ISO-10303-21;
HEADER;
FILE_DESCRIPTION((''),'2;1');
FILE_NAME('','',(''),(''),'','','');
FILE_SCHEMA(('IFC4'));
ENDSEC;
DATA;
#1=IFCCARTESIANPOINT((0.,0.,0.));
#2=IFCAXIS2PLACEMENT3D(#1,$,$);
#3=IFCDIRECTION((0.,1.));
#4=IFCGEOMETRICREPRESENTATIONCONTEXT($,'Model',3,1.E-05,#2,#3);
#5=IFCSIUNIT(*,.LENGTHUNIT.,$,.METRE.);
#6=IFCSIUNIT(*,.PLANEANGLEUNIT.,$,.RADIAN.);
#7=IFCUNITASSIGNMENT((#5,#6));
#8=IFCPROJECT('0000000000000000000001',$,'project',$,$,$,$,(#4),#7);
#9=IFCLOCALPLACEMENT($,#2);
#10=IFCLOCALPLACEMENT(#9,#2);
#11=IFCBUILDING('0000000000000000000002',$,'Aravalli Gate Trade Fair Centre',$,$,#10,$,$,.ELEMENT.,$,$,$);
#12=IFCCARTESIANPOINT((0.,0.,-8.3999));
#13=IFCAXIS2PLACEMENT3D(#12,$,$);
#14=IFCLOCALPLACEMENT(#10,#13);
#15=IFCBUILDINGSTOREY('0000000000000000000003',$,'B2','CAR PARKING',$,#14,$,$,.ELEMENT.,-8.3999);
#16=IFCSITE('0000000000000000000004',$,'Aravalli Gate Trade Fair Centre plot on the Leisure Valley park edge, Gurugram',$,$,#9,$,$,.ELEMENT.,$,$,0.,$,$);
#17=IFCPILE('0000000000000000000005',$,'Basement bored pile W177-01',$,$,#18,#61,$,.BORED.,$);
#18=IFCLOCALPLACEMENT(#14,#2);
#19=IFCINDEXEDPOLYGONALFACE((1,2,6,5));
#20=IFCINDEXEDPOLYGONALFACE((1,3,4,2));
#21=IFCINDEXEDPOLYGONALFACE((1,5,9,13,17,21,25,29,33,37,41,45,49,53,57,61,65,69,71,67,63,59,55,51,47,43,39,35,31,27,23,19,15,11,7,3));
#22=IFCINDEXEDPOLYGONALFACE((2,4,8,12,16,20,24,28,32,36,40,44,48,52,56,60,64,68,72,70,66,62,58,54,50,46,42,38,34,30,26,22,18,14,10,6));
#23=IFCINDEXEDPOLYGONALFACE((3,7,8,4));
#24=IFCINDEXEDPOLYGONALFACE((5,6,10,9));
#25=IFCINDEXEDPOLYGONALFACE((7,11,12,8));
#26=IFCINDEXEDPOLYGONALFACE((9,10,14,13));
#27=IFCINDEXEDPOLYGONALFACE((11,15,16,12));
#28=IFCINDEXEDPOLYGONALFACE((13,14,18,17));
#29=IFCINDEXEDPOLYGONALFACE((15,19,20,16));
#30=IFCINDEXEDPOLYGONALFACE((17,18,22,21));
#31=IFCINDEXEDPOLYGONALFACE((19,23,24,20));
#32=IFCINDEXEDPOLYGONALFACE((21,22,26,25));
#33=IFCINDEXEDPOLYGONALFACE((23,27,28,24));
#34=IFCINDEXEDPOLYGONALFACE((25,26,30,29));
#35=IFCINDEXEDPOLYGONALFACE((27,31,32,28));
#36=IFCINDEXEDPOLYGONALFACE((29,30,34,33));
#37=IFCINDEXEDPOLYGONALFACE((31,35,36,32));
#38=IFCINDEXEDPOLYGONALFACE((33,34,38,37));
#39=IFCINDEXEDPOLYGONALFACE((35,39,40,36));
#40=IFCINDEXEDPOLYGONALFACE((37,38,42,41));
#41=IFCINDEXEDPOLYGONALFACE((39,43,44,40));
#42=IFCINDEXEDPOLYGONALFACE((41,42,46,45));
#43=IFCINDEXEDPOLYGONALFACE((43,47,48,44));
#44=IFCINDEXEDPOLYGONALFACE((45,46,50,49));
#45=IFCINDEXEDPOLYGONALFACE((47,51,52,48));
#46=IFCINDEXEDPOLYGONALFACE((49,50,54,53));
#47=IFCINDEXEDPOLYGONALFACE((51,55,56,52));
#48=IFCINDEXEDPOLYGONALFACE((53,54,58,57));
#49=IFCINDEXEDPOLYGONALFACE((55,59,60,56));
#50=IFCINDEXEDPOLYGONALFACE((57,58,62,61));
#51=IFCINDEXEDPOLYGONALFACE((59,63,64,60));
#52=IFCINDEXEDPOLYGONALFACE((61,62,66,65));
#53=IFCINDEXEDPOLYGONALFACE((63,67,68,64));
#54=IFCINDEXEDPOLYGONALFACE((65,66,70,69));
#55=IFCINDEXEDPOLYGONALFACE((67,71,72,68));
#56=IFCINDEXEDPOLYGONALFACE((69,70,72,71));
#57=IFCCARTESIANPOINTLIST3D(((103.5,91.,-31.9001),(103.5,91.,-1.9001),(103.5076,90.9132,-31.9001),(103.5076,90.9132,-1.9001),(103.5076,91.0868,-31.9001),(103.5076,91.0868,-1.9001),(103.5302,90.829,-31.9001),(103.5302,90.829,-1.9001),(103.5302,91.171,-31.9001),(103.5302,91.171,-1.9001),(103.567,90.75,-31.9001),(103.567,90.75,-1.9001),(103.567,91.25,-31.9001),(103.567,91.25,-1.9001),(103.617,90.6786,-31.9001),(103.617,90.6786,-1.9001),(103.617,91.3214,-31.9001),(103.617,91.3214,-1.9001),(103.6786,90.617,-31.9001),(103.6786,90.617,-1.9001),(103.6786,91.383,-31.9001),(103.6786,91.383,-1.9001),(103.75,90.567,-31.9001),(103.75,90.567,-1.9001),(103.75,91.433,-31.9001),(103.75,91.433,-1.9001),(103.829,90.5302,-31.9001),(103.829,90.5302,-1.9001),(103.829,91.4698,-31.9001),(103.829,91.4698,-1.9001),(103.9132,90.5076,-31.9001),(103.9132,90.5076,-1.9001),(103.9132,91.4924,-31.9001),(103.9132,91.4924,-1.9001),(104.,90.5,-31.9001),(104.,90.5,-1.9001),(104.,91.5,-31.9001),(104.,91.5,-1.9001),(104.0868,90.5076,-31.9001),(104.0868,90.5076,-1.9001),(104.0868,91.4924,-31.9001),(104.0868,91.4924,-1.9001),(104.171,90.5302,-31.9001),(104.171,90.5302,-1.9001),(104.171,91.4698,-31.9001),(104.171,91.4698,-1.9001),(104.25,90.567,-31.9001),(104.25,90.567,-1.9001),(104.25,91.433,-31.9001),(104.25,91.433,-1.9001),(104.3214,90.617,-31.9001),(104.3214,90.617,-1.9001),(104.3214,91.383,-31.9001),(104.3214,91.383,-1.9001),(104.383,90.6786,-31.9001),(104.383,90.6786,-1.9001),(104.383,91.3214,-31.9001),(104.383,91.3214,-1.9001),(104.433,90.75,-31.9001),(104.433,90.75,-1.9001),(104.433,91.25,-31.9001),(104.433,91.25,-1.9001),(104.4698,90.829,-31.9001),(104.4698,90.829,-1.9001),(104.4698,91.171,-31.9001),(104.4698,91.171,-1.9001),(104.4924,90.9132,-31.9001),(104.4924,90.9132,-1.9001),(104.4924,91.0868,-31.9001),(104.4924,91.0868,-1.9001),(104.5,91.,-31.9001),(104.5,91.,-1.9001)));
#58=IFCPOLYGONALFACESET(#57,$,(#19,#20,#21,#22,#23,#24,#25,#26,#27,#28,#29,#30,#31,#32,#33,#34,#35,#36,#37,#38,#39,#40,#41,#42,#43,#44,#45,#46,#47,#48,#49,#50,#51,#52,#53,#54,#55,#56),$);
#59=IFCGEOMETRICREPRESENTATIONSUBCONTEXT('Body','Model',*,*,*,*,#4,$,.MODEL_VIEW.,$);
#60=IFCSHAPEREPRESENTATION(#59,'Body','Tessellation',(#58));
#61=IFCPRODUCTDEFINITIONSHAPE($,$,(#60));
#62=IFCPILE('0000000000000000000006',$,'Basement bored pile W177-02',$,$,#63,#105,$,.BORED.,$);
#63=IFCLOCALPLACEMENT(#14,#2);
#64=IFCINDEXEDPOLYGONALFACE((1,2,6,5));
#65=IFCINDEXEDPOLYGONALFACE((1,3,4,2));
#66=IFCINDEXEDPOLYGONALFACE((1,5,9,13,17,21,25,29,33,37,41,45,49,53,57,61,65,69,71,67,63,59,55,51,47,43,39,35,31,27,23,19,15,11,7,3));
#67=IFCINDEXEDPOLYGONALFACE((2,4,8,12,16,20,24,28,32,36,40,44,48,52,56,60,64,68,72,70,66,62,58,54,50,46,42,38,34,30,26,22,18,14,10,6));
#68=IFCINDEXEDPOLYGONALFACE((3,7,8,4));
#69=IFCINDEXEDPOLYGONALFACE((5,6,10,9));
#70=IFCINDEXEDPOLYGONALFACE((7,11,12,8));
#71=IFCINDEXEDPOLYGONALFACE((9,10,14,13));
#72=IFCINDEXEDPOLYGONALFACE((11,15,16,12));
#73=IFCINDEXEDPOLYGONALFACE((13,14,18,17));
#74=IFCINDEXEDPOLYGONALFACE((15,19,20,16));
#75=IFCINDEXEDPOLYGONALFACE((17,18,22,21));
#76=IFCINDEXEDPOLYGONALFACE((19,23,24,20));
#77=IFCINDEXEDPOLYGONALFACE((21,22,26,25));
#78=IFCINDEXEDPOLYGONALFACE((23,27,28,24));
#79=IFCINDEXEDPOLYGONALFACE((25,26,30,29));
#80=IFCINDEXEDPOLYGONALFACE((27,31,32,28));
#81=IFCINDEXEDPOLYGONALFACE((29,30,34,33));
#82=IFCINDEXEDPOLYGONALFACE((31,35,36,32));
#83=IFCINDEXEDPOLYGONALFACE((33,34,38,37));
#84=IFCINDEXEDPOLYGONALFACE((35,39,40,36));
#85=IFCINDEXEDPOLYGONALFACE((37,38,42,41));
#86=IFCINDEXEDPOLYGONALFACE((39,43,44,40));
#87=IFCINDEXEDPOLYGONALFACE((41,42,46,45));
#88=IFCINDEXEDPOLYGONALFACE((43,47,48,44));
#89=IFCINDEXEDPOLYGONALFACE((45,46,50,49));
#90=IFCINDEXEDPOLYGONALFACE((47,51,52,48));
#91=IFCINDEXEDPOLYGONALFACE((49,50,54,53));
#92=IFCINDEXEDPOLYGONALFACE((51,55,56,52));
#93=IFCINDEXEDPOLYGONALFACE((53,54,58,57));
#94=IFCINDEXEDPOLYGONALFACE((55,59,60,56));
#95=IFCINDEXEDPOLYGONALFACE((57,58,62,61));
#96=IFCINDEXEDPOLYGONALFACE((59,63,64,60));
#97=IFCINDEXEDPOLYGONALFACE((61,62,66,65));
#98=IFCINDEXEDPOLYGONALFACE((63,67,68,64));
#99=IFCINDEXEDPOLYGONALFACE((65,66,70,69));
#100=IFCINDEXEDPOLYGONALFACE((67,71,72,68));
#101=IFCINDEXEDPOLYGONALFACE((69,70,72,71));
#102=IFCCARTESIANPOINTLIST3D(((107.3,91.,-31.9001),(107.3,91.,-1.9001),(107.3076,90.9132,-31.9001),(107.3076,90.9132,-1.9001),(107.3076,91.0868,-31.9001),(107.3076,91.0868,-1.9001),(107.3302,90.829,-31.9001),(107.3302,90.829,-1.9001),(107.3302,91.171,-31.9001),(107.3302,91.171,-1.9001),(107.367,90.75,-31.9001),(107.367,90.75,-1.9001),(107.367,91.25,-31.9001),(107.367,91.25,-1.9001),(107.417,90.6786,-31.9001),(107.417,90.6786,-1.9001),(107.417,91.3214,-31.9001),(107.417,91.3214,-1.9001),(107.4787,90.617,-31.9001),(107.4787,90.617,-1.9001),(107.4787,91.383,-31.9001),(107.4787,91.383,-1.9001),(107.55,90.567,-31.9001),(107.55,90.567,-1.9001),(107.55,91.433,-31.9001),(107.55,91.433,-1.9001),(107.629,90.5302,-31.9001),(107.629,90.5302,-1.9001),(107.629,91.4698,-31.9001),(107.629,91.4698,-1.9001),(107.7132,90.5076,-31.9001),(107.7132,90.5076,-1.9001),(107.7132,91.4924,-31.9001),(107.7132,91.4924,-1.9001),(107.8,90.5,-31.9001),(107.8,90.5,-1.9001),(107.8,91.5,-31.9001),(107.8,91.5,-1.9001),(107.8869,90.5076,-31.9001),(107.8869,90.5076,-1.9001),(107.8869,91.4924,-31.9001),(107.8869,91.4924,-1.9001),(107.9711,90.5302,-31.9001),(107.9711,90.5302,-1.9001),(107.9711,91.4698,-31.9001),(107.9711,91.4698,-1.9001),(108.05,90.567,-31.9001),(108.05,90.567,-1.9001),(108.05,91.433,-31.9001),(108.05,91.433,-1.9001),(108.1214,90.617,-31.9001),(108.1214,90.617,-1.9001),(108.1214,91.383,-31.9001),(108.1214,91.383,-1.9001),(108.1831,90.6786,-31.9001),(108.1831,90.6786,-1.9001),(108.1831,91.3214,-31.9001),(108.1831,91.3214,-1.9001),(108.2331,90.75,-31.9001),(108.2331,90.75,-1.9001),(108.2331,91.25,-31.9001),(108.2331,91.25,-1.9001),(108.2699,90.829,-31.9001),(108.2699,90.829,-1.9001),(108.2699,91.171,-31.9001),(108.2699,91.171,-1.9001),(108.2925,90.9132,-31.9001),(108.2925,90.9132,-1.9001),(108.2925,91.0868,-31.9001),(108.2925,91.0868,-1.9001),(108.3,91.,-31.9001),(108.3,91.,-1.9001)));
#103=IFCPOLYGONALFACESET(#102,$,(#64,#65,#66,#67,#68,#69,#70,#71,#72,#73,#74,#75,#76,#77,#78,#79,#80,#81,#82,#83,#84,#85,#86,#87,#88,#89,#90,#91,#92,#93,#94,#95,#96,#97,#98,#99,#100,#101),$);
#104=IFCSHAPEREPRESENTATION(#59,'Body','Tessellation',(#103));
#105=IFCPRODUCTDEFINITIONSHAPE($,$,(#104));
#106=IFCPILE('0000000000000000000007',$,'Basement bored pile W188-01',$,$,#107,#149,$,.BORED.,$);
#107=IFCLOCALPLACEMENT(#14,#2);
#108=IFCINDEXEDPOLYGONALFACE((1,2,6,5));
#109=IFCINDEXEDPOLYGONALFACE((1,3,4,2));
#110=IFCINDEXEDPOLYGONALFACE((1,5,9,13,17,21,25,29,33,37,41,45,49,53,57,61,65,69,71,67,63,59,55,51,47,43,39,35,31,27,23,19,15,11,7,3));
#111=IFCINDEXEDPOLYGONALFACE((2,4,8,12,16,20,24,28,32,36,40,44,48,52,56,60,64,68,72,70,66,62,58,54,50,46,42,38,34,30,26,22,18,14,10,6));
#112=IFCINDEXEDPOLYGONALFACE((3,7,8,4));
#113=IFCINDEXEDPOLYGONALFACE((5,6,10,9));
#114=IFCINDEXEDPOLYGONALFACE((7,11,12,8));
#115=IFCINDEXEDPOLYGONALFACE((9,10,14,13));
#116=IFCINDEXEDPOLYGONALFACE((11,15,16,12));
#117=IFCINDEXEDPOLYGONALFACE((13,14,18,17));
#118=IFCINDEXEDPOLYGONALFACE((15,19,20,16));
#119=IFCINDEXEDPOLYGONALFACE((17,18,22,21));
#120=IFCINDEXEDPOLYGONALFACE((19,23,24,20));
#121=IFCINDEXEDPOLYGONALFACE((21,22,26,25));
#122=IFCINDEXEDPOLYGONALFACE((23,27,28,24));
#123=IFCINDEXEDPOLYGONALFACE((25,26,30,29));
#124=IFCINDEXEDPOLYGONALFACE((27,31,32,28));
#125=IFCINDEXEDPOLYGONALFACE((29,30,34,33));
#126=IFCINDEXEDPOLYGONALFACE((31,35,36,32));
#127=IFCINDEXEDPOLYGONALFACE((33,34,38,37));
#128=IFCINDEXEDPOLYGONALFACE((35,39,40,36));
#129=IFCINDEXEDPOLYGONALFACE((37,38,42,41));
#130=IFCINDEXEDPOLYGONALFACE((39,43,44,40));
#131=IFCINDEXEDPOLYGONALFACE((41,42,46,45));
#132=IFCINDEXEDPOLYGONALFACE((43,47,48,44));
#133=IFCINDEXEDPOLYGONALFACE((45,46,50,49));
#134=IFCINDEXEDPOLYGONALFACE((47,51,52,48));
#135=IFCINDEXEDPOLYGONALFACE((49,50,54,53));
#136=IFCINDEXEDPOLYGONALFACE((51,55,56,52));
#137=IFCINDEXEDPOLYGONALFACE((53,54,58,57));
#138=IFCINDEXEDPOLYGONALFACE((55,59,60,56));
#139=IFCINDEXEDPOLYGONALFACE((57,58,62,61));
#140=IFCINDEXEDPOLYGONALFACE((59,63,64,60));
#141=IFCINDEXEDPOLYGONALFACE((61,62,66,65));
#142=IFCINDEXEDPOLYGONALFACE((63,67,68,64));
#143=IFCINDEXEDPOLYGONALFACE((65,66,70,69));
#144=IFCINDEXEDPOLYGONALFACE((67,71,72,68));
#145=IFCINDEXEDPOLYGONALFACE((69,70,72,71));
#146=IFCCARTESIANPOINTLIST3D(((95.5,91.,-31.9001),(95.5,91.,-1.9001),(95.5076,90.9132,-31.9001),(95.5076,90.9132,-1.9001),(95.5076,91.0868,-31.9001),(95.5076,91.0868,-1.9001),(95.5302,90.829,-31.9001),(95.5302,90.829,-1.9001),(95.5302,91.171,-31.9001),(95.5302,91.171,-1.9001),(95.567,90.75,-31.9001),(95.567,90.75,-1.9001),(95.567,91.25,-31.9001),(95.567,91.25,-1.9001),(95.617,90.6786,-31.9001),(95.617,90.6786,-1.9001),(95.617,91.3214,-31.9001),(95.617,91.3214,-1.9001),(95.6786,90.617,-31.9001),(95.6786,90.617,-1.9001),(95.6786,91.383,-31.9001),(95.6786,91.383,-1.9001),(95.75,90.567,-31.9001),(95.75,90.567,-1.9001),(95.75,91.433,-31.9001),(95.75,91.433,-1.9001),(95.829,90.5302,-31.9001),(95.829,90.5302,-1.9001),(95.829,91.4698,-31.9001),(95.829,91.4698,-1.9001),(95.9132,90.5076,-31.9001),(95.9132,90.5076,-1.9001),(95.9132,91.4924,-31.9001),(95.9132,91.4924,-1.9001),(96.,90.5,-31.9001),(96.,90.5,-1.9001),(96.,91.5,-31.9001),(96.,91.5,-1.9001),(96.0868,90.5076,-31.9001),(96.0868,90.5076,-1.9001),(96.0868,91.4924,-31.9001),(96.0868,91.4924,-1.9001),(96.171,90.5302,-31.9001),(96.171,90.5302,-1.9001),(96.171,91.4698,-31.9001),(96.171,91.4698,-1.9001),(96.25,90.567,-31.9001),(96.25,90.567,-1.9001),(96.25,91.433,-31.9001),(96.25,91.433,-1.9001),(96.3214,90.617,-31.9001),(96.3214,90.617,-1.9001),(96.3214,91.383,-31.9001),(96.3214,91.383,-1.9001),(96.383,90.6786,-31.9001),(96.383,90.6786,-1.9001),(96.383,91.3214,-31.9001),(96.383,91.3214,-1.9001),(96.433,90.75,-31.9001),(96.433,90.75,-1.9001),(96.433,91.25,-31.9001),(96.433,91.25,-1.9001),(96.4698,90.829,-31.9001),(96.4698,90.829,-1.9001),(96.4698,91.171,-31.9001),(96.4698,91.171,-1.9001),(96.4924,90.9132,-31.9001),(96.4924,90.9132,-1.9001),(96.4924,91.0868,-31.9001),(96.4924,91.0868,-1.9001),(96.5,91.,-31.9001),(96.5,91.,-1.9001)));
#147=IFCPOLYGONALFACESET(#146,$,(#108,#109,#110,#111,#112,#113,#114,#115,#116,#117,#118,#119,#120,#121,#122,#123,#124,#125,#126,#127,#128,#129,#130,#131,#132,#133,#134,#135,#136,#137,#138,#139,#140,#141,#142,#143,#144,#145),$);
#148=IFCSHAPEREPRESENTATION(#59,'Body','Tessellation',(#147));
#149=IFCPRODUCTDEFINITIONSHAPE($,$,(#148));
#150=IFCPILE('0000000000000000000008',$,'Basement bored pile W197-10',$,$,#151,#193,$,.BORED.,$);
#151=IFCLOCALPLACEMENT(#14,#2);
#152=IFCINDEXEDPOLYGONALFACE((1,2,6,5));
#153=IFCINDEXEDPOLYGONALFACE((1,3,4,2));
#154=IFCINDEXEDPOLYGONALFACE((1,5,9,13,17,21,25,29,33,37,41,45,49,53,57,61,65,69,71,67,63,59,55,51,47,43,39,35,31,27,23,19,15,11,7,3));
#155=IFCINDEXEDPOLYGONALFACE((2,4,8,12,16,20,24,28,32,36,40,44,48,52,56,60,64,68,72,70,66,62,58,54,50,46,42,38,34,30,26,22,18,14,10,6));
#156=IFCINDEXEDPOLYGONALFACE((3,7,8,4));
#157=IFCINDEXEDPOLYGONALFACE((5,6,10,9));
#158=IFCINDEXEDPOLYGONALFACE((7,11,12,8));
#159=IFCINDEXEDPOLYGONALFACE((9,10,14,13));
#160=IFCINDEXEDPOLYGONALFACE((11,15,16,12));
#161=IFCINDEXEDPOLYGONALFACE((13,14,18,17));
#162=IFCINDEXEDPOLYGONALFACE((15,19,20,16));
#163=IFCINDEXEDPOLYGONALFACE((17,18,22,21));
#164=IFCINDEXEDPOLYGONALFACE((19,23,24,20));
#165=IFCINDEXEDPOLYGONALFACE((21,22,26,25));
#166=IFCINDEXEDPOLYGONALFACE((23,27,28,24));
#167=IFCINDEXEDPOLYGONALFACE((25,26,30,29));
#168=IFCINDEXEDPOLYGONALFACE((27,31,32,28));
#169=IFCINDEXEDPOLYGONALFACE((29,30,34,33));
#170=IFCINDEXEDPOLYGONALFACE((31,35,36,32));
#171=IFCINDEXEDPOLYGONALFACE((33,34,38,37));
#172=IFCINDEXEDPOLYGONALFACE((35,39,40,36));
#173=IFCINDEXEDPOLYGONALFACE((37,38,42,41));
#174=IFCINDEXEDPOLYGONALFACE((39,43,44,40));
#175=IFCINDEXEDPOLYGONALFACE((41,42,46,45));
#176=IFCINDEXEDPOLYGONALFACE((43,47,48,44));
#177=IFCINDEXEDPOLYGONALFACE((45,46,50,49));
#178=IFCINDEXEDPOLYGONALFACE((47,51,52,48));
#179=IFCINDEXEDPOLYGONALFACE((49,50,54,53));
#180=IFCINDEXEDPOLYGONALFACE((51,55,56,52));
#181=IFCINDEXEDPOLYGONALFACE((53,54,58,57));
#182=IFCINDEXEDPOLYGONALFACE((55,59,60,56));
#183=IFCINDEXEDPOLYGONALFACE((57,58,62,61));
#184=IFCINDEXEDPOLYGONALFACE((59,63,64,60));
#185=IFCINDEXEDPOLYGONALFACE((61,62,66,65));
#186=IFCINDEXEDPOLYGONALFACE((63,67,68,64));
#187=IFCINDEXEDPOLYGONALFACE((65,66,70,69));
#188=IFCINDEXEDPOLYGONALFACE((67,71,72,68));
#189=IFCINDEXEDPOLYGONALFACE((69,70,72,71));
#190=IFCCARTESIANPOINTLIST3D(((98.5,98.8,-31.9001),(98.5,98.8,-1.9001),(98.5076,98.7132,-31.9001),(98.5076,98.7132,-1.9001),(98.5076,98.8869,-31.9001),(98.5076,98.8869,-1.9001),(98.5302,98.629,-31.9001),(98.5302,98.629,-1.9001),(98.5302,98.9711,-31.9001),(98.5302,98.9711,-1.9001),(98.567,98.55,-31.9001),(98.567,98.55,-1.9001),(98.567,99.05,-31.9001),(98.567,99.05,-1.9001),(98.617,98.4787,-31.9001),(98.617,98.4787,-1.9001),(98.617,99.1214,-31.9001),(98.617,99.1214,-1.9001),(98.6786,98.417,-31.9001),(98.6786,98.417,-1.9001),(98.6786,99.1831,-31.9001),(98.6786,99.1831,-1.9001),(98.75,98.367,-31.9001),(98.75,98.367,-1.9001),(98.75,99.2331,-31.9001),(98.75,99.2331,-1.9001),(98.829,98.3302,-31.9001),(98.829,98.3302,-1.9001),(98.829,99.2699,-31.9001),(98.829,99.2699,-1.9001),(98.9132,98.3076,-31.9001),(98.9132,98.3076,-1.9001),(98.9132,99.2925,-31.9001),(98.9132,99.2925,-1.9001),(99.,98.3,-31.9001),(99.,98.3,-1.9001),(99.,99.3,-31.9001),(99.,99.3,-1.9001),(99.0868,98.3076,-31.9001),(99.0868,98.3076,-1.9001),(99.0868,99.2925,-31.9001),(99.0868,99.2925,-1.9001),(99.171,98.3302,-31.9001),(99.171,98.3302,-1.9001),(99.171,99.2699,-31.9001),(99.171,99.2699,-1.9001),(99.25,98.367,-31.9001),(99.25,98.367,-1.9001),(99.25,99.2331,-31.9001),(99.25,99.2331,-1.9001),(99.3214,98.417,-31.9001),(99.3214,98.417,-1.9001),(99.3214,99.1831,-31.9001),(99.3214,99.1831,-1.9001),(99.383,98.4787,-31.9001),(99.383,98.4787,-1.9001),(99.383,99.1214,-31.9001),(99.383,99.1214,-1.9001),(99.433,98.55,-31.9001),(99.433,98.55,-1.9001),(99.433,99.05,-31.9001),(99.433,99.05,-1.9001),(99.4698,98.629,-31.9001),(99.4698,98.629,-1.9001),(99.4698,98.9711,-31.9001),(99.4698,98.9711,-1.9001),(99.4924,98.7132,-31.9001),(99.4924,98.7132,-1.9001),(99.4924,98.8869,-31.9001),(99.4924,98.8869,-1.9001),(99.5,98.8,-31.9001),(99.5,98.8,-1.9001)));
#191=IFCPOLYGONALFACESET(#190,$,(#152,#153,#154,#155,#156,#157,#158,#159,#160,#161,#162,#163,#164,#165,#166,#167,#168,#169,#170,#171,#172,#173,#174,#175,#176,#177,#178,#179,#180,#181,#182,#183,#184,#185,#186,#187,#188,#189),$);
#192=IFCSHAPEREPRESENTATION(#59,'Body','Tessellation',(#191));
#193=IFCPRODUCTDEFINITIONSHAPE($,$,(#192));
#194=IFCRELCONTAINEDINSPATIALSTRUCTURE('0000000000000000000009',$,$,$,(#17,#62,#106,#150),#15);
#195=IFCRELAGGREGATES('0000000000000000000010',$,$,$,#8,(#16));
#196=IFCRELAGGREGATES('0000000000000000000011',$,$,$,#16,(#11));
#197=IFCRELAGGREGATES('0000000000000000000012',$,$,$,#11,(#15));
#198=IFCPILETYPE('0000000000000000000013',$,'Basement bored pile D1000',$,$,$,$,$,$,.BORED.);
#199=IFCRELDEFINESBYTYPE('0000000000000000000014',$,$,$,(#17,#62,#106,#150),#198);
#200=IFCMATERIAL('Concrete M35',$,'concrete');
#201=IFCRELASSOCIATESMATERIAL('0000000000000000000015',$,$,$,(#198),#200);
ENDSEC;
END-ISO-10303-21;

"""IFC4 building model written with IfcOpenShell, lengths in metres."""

from ifc_helpers import new_model, si_unit, direction, frame, origin, origin_2d, place, context, subcontext, project, spatial, circle, extrude, material, material_profile, profile_set, type_object, element, save


model = new_model("IFC4")

# Units and contexts
model_context = context("Model", 3, precision=1e-05, world=origin(), true_north=direction((0.0, 1.0)))
body_context = subcontext(model_context, "Body", "Model", "MODEL_VIEW")
ifc_project = project(units=[si_unit("LENGTHUNIT", "METRE"), si_unit("PLANEANGLEUNIT", "RADIAN")], contexts=[model_context])

# Site, building, storey
site_placement = place(None, origin())
site = spatial("IfcSite", under=ifc_project, at=site_placement, Name="Aravalli Gate Trade Fair Centre plot on the Leisure Valley park edge, Gurugram", CompositionType="ELEMENT", RefElevation=0.0)
building_placement = place(site_placement, origin())
building = spatial("IfcBuilding", under=site, at=building_placement, Name="Aravalli Gate Trade Fair Centre", CompositionType="ELEMENT")
storey_placement = place(building_placement, frame((0.0, 0.0, -8.3999)))
storey = spatial("IfcBuildingStorey", under=building, at=storey_placement, Name="B2", Description="CAR PARKING", CompositionType="ELEMENT", Elevation=-8.3999)

# Piles
ifc_material_1 = material(Name="Concrete M35", Category="concrete")
ifc_material_profile_1 = material_profile(ifc_material_1, circle(Radius=0.5, at=origin_2d()), Name="D1000")
ifc_profile_set_1 = profile_set([ifc_material_profile_1], Name="Concrete M35")
pile_type = type_object("IfcPileType", Name="Basement bored pile D1000", PredefinedType="BORED", material=ifc_profile_set_1)
for number, where, z_axis, x_axis, name in (
    (1, (104.0, 91.0, -1.9001), (0.0, 0.0, -1.0), (1.0, 0.0, 0.0), "Basement bored pile W177-01"),
    (2, (107.8, 91.0, -1.9001), (0.0, 0.0, -1.0), (1.0, 0.0, 0.0), "Basement bored pile W177-02"),
    (3, (96.0, 91.0, -1.9001), (0.0, 0.0, -1.0), (1.0, 0.0, 0.0), "Basement bored pile W188-01"),
    (4, (99.0, 98.8, -1.9001), (0.0, 0.0, -1.0), (1.0, 0.0, 0.0), "Basement bored pile W197-10"),
):
    element("IfcPile", number, at=place(storey_placement, frame(where, z_axis=z_axis, x_axis=x_axis)), inside=storey, type_object=pile_type, Name=name, PredefinedType="BORED", context=body_context, shape_type="SweptSolid", body=[
        extrude(circle(Radius=0.5, at=origin_2d()), origin(), (0.0, 0.0, 1.0), 30.0),
    ])

save(model, "model.ifc")
